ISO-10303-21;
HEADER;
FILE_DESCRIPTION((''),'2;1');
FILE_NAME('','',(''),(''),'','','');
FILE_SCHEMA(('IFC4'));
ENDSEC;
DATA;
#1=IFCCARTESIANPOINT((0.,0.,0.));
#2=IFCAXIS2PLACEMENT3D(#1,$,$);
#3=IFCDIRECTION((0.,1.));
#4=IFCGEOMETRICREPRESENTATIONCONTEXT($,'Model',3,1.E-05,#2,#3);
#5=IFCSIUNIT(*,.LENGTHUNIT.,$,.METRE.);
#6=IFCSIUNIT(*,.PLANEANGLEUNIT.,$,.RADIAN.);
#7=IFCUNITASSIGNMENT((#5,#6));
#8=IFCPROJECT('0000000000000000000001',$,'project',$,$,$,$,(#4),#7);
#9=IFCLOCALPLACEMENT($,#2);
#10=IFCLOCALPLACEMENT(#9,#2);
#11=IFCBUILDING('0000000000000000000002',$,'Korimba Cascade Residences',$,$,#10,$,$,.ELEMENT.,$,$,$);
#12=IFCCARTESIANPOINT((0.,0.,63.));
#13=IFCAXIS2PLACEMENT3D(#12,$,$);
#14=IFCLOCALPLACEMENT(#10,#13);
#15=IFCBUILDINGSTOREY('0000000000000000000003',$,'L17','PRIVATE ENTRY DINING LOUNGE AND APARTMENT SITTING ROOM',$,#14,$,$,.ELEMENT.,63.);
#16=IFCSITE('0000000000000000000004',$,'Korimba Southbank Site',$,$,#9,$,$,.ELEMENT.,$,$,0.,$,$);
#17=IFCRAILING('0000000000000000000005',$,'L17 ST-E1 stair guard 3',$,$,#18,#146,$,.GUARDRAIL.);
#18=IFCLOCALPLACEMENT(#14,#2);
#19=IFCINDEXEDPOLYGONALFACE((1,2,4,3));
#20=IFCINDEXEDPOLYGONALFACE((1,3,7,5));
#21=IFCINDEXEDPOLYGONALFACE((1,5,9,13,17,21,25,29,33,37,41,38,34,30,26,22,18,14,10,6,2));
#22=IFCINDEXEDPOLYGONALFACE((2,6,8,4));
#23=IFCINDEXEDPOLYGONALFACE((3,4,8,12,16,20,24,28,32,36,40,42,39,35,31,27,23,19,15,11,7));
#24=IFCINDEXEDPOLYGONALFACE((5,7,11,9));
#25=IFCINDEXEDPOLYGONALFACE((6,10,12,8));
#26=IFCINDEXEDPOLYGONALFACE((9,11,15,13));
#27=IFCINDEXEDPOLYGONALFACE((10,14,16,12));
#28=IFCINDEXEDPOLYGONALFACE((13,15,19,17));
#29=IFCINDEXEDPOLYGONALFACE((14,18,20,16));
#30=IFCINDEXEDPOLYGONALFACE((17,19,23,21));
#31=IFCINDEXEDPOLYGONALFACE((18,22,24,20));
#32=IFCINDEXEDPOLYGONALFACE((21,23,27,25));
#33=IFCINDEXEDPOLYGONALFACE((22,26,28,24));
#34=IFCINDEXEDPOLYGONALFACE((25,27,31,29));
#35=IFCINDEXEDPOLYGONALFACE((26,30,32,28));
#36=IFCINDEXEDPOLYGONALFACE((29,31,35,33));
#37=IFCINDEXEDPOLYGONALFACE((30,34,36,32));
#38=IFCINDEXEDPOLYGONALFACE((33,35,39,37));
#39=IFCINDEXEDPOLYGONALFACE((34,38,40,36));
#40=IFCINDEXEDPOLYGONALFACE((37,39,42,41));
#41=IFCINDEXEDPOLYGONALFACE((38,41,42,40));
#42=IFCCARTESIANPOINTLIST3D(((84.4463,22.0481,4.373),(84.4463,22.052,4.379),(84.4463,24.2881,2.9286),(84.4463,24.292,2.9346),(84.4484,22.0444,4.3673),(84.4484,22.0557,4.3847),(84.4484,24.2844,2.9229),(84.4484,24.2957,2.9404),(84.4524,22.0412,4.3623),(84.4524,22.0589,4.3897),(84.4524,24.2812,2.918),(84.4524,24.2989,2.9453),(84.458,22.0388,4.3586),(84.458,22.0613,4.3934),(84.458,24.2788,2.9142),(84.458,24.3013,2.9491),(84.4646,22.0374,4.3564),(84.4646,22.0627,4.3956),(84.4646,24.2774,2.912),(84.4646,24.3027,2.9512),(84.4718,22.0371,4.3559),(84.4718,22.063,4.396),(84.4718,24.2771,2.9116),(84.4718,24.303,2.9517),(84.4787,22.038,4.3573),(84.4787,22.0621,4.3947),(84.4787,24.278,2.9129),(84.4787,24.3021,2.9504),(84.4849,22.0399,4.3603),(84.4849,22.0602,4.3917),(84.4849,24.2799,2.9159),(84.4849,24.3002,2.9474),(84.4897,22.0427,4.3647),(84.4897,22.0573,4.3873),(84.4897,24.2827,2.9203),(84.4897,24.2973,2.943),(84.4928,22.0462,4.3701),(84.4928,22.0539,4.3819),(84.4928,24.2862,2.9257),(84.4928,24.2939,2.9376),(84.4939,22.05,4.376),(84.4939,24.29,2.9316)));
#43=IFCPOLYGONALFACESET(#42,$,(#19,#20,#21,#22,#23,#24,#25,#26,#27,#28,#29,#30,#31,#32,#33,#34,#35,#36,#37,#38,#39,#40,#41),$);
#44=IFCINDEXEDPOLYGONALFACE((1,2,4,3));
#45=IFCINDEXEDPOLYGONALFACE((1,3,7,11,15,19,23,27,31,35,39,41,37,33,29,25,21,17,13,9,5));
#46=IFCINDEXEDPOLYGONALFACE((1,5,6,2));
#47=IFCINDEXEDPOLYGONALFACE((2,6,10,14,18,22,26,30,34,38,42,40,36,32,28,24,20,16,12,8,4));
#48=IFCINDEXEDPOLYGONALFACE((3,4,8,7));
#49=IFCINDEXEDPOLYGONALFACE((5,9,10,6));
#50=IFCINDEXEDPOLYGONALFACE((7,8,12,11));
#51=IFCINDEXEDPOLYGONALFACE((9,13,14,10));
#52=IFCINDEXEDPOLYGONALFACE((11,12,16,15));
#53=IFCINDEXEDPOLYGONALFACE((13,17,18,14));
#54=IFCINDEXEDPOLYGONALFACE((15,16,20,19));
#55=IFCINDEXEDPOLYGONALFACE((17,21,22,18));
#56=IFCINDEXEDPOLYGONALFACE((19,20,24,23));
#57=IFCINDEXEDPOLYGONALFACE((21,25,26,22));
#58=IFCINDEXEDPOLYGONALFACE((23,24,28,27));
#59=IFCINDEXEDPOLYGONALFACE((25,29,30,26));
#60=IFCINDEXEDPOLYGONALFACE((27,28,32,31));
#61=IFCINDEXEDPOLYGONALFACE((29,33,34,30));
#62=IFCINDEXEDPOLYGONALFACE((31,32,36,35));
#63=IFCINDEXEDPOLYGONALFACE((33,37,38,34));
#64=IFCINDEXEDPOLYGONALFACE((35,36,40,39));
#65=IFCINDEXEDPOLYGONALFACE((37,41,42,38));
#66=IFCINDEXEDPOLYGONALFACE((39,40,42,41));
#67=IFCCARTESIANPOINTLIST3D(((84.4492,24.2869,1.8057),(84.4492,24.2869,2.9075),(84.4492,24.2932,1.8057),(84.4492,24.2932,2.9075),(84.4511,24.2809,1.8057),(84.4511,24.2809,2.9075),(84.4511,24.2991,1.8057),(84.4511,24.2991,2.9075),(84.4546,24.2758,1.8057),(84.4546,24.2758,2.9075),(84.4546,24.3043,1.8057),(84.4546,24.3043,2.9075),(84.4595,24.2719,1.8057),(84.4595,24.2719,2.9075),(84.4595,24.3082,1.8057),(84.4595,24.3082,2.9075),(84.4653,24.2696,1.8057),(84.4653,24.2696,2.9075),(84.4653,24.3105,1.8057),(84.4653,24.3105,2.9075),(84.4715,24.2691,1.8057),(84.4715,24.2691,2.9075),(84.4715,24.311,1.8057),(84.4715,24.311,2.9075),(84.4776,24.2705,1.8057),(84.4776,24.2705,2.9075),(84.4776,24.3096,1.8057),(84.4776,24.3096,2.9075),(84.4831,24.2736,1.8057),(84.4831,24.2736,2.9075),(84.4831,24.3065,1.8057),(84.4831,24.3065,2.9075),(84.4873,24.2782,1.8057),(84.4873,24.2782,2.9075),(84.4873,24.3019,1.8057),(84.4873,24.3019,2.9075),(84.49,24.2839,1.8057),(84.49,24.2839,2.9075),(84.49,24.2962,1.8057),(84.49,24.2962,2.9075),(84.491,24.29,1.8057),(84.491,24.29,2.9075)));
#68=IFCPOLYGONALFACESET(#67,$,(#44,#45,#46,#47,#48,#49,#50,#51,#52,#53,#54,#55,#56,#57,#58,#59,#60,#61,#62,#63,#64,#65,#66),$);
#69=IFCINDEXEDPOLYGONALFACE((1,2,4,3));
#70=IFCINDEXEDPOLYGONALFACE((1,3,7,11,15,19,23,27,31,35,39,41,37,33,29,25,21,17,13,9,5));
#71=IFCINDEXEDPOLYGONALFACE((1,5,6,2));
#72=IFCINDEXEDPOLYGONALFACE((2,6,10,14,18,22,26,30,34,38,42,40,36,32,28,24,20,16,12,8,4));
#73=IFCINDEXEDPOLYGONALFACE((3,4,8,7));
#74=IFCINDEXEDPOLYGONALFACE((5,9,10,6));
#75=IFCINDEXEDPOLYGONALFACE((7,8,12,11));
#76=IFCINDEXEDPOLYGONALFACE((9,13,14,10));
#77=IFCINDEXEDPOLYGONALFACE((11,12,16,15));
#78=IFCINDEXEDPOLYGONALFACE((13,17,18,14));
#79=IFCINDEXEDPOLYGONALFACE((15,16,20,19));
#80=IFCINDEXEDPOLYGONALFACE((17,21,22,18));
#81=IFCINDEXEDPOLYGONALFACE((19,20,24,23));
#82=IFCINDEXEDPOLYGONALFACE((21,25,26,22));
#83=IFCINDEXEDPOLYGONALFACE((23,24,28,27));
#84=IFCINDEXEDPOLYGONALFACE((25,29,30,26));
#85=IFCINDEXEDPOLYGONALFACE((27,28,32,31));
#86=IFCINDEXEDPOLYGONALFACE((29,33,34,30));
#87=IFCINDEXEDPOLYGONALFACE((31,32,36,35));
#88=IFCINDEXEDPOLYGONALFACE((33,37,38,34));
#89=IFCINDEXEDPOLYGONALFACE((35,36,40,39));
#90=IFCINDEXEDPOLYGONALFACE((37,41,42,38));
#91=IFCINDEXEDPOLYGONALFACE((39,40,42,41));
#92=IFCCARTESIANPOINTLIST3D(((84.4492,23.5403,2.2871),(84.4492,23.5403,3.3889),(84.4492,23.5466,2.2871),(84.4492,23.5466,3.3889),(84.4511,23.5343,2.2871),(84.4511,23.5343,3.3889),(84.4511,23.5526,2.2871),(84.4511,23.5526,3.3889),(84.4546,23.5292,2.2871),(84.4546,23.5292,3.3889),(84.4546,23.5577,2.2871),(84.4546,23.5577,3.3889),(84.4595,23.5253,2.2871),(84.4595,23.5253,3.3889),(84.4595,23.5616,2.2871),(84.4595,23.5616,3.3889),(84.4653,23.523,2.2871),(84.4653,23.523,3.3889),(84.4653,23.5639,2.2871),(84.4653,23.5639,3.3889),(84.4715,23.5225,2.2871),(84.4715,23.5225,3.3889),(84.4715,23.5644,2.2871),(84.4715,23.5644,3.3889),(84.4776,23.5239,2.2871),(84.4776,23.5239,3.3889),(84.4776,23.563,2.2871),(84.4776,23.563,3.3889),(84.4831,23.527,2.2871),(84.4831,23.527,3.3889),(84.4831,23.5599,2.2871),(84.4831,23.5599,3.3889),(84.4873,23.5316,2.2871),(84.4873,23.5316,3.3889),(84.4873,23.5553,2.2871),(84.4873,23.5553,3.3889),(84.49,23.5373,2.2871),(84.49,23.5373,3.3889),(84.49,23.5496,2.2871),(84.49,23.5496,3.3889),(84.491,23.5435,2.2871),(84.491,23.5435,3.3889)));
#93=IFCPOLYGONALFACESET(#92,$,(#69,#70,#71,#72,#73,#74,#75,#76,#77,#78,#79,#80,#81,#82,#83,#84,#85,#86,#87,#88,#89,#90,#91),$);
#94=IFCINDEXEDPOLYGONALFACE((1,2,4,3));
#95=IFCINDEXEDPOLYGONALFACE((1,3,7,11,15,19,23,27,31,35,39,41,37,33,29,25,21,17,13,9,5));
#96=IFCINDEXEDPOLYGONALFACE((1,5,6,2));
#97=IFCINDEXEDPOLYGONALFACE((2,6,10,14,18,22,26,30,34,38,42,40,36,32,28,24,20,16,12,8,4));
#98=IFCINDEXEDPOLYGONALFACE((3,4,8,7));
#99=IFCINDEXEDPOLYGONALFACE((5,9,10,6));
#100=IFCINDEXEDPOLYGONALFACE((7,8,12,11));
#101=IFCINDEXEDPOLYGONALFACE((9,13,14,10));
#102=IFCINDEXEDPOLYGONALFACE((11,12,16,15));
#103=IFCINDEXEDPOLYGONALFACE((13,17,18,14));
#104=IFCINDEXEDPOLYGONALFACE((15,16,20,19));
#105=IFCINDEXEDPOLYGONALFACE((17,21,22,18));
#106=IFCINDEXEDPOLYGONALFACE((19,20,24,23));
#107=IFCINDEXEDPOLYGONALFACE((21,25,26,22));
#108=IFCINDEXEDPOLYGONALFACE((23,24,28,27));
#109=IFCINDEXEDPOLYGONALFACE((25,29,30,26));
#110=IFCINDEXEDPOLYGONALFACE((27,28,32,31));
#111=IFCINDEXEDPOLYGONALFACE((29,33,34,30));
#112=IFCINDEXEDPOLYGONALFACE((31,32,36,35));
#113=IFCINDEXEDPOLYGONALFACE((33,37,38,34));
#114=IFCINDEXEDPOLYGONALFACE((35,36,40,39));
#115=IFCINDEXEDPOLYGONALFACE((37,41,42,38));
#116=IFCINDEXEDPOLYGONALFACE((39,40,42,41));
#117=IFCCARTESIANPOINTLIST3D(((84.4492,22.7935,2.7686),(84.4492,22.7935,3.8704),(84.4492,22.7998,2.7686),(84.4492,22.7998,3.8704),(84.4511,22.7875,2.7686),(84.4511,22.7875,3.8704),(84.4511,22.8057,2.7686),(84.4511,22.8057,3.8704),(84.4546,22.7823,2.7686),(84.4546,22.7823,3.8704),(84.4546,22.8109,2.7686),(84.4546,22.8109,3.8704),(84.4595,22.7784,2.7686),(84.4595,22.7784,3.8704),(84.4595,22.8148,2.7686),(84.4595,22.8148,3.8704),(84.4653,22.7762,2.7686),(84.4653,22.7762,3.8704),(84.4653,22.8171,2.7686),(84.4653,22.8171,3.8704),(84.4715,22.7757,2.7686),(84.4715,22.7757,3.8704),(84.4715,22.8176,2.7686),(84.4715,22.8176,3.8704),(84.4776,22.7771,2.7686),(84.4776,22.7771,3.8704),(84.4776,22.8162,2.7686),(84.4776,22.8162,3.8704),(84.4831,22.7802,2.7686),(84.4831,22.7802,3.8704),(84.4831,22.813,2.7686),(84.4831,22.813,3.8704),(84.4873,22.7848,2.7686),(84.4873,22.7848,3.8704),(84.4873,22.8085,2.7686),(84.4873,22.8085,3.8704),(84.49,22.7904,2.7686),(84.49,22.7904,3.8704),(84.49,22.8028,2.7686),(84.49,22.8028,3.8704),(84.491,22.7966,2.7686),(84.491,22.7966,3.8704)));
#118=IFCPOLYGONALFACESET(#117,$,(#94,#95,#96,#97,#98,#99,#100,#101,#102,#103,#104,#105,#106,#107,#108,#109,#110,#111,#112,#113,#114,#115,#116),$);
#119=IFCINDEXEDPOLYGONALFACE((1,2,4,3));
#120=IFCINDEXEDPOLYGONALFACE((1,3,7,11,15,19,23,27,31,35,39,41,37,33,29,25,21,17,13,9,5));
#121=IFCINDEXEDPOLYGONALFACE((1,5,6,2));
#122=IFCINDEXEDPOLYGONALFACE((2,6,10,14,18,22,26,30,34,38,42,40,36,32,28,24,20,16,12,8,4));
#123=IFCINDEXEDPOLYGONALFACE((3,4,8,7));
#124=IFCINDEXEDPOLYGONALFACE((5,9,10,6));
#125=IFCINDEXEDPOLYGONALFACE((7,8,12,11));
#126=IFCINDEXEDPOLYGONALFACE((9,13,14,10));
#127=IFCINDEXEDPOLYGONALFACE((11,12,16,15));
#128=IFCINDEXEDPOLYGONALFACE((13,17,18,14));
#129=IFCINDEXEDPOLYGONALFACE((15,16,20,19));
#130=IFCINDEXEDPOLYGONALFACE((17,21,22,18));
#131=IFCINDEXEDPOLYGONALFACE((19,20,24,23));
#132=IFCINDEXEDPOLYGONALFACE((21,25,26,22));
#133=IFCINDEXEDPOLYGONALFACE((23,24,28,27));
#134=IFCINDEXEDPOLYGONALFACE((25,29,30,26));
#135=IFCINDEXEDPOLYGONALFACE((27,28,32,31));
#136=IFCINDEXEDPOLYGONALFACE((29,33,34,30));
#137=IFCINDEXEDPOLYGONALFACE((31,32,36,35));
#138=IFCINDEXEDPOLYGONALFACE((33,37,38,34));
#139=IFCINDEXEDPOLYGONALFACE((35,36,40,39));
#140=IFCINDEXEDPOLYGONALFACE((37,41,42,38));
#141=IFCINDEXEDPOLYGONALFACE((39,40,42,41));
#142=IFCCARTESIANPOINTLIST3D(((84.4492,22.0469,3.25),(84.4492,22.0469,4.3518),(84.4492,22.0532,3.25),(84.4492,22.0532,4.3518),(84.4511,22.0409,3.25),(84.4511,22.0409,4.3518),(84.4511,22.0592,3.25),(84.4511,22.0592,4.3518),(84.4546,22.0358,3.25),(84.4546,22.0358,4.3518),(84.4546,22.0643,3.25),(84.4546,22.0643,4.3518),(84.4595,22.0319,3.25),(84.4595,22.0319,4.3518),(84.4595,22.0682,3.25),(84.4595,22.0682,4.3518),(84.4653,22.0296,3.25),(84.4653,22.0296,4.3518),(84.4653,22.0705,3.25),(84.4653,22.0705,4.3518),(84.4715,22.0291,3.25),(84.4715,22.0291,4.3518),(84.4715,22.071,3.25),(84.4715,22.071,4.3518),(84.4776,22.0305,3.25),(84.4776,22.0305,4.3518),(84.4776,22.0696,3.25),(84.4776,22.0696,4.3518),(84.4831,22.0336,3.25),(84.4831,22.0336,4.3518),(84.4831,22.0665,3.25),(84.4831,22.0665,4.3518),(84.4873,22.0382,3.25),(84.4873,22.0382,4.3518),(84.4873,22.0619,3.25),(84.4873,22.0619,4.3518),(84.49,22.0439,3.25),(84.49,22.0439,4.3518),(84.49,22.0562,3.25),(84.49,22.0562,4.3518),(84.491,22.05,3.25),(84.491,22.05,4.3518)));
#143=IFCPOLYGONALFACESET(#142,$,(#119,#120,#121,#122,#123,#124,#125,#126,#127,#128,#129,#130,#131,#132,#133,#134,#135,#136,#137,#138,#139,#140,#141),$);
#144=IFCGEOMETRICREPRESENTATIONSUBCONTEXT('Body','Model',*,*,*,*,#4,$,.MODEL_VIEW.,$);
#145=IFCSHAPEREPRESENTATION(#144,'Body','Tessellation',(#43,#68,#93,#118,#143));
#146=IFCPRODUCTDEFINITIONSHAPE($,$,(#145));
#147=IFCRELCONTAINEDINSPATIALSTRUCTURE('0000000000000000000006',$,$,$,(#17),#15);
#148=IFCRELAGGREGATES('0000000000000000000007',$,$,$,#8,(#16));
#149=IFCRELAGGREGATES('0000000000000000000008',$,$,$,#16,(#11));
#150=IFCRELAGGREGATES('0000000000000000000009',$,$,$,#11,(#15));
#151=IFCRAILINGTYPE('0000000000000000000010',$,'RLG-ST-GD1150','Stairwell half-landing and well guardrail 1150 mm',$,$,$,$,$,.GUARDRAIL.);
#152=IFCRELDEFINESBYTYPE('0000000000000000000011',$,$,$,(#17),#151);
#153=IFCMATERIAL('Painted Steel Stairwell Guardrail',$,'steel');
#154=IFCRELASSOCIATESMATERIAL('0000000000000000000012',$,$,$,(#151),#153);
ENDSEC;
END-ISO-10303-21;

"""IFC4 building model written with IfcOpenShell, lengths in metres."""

from ifc_helpers import new_model, si_unit, direction, frame, origin, origin_2d, place, context, subcontext, project, spatial, circle, extrude, material, type_object, element, save


model = new_model("IFC4")

# Units and contexts
model_context = context("Model", 3, precision=1e-05, world=origin(), true_north=direction((0.0, 1.0)))
body_context = subcontext(model_context, "Body", "Model", "MODEL_VIEW")
ifc_project = project(units=[si_unit("LENGTHUNIT", "METRE"), si_unit("PLANEANGLEUNIT", "RADIAN")], contexts=[model_context])

# Site, building, storey
site_placement = place(None, origin())
site = spatial("IfcSite", under=ifc_project, at=site_placement, Name="Korimba Southbank Site", CompositionType="ELEMENT", RefElevation=0.0)
building_placement = place(site_placement, origin())
building = spatial("IfcBuilding", under=site, at=building_placement, Name="Korimba Cascade Residences", CompositionType="ELEMENT")
storey_placement = place(building_placement, frame((0.0, 0.0, 63.0)))
storey = spatial("IfcBuildingStorey", under=building, at=storey_placement, Name="L17", Description="PRIVATE ENTRY DINING LOUNGE AND APARTMENT SITTING ROOM", CompositionType="ELEMENT", Elevation=63.0)

# Railing
ifc_material_1 = material(Name="Painted Steel Stairwell Guardrail", Category="steel")
railing_type_1 = type_object("IfcRailingType", Name="RLG-ST-GD1150", Description="Stairwell half-landing and well guardrail 1150 mm", PredefinedType="GUARDRAIL", material=ifc_material_1)
railing_1_placement = place(storey_placement, frame((84.47, 24.29, 1.8057)))
element("IfcRailing", 1, at=railing_1_placement, inside=storey, type_object=railing_type_1, Name="L17 ST-E1 stair guard 3", PredefinedType="GUARDRAIL", context=body_context, shape_type="SweptSolid", body=[
    extrude(circle(Radius=0.0239, at=origin_2d()), frame((0.0, 0.0, 1.126), z_axis=(0.0, -0.840437, 0.54191), x_axis=(1.0, 0.0, 0.0)), (0.0, 0.0, 1.0), 2.6653),
    extrude(circle(Radius=0.021, at=origin_2d()), origin(), (0.0, 0.0, 1.0), 1.1018),
    extrude(circle(Radius=0.021, at=origin_2d()), frame((0.0, -0.7466, 0.4814)), (0.0, 0.0, 1.0), 1.1018),
    extrude(circle(Radius=0.021, at=origin_2d()), frame((0.0, -1.4934, 0.9629)), (0.0, 0.0, 1.0), 1.1018),
    extrude(circle(Radius=0.021, at=origin_2d()), frame((0.0, -2.24, 1.4443)), (0.0, 0.0, 1.0), 1.1018),
])

save(model, "model.ifc")
